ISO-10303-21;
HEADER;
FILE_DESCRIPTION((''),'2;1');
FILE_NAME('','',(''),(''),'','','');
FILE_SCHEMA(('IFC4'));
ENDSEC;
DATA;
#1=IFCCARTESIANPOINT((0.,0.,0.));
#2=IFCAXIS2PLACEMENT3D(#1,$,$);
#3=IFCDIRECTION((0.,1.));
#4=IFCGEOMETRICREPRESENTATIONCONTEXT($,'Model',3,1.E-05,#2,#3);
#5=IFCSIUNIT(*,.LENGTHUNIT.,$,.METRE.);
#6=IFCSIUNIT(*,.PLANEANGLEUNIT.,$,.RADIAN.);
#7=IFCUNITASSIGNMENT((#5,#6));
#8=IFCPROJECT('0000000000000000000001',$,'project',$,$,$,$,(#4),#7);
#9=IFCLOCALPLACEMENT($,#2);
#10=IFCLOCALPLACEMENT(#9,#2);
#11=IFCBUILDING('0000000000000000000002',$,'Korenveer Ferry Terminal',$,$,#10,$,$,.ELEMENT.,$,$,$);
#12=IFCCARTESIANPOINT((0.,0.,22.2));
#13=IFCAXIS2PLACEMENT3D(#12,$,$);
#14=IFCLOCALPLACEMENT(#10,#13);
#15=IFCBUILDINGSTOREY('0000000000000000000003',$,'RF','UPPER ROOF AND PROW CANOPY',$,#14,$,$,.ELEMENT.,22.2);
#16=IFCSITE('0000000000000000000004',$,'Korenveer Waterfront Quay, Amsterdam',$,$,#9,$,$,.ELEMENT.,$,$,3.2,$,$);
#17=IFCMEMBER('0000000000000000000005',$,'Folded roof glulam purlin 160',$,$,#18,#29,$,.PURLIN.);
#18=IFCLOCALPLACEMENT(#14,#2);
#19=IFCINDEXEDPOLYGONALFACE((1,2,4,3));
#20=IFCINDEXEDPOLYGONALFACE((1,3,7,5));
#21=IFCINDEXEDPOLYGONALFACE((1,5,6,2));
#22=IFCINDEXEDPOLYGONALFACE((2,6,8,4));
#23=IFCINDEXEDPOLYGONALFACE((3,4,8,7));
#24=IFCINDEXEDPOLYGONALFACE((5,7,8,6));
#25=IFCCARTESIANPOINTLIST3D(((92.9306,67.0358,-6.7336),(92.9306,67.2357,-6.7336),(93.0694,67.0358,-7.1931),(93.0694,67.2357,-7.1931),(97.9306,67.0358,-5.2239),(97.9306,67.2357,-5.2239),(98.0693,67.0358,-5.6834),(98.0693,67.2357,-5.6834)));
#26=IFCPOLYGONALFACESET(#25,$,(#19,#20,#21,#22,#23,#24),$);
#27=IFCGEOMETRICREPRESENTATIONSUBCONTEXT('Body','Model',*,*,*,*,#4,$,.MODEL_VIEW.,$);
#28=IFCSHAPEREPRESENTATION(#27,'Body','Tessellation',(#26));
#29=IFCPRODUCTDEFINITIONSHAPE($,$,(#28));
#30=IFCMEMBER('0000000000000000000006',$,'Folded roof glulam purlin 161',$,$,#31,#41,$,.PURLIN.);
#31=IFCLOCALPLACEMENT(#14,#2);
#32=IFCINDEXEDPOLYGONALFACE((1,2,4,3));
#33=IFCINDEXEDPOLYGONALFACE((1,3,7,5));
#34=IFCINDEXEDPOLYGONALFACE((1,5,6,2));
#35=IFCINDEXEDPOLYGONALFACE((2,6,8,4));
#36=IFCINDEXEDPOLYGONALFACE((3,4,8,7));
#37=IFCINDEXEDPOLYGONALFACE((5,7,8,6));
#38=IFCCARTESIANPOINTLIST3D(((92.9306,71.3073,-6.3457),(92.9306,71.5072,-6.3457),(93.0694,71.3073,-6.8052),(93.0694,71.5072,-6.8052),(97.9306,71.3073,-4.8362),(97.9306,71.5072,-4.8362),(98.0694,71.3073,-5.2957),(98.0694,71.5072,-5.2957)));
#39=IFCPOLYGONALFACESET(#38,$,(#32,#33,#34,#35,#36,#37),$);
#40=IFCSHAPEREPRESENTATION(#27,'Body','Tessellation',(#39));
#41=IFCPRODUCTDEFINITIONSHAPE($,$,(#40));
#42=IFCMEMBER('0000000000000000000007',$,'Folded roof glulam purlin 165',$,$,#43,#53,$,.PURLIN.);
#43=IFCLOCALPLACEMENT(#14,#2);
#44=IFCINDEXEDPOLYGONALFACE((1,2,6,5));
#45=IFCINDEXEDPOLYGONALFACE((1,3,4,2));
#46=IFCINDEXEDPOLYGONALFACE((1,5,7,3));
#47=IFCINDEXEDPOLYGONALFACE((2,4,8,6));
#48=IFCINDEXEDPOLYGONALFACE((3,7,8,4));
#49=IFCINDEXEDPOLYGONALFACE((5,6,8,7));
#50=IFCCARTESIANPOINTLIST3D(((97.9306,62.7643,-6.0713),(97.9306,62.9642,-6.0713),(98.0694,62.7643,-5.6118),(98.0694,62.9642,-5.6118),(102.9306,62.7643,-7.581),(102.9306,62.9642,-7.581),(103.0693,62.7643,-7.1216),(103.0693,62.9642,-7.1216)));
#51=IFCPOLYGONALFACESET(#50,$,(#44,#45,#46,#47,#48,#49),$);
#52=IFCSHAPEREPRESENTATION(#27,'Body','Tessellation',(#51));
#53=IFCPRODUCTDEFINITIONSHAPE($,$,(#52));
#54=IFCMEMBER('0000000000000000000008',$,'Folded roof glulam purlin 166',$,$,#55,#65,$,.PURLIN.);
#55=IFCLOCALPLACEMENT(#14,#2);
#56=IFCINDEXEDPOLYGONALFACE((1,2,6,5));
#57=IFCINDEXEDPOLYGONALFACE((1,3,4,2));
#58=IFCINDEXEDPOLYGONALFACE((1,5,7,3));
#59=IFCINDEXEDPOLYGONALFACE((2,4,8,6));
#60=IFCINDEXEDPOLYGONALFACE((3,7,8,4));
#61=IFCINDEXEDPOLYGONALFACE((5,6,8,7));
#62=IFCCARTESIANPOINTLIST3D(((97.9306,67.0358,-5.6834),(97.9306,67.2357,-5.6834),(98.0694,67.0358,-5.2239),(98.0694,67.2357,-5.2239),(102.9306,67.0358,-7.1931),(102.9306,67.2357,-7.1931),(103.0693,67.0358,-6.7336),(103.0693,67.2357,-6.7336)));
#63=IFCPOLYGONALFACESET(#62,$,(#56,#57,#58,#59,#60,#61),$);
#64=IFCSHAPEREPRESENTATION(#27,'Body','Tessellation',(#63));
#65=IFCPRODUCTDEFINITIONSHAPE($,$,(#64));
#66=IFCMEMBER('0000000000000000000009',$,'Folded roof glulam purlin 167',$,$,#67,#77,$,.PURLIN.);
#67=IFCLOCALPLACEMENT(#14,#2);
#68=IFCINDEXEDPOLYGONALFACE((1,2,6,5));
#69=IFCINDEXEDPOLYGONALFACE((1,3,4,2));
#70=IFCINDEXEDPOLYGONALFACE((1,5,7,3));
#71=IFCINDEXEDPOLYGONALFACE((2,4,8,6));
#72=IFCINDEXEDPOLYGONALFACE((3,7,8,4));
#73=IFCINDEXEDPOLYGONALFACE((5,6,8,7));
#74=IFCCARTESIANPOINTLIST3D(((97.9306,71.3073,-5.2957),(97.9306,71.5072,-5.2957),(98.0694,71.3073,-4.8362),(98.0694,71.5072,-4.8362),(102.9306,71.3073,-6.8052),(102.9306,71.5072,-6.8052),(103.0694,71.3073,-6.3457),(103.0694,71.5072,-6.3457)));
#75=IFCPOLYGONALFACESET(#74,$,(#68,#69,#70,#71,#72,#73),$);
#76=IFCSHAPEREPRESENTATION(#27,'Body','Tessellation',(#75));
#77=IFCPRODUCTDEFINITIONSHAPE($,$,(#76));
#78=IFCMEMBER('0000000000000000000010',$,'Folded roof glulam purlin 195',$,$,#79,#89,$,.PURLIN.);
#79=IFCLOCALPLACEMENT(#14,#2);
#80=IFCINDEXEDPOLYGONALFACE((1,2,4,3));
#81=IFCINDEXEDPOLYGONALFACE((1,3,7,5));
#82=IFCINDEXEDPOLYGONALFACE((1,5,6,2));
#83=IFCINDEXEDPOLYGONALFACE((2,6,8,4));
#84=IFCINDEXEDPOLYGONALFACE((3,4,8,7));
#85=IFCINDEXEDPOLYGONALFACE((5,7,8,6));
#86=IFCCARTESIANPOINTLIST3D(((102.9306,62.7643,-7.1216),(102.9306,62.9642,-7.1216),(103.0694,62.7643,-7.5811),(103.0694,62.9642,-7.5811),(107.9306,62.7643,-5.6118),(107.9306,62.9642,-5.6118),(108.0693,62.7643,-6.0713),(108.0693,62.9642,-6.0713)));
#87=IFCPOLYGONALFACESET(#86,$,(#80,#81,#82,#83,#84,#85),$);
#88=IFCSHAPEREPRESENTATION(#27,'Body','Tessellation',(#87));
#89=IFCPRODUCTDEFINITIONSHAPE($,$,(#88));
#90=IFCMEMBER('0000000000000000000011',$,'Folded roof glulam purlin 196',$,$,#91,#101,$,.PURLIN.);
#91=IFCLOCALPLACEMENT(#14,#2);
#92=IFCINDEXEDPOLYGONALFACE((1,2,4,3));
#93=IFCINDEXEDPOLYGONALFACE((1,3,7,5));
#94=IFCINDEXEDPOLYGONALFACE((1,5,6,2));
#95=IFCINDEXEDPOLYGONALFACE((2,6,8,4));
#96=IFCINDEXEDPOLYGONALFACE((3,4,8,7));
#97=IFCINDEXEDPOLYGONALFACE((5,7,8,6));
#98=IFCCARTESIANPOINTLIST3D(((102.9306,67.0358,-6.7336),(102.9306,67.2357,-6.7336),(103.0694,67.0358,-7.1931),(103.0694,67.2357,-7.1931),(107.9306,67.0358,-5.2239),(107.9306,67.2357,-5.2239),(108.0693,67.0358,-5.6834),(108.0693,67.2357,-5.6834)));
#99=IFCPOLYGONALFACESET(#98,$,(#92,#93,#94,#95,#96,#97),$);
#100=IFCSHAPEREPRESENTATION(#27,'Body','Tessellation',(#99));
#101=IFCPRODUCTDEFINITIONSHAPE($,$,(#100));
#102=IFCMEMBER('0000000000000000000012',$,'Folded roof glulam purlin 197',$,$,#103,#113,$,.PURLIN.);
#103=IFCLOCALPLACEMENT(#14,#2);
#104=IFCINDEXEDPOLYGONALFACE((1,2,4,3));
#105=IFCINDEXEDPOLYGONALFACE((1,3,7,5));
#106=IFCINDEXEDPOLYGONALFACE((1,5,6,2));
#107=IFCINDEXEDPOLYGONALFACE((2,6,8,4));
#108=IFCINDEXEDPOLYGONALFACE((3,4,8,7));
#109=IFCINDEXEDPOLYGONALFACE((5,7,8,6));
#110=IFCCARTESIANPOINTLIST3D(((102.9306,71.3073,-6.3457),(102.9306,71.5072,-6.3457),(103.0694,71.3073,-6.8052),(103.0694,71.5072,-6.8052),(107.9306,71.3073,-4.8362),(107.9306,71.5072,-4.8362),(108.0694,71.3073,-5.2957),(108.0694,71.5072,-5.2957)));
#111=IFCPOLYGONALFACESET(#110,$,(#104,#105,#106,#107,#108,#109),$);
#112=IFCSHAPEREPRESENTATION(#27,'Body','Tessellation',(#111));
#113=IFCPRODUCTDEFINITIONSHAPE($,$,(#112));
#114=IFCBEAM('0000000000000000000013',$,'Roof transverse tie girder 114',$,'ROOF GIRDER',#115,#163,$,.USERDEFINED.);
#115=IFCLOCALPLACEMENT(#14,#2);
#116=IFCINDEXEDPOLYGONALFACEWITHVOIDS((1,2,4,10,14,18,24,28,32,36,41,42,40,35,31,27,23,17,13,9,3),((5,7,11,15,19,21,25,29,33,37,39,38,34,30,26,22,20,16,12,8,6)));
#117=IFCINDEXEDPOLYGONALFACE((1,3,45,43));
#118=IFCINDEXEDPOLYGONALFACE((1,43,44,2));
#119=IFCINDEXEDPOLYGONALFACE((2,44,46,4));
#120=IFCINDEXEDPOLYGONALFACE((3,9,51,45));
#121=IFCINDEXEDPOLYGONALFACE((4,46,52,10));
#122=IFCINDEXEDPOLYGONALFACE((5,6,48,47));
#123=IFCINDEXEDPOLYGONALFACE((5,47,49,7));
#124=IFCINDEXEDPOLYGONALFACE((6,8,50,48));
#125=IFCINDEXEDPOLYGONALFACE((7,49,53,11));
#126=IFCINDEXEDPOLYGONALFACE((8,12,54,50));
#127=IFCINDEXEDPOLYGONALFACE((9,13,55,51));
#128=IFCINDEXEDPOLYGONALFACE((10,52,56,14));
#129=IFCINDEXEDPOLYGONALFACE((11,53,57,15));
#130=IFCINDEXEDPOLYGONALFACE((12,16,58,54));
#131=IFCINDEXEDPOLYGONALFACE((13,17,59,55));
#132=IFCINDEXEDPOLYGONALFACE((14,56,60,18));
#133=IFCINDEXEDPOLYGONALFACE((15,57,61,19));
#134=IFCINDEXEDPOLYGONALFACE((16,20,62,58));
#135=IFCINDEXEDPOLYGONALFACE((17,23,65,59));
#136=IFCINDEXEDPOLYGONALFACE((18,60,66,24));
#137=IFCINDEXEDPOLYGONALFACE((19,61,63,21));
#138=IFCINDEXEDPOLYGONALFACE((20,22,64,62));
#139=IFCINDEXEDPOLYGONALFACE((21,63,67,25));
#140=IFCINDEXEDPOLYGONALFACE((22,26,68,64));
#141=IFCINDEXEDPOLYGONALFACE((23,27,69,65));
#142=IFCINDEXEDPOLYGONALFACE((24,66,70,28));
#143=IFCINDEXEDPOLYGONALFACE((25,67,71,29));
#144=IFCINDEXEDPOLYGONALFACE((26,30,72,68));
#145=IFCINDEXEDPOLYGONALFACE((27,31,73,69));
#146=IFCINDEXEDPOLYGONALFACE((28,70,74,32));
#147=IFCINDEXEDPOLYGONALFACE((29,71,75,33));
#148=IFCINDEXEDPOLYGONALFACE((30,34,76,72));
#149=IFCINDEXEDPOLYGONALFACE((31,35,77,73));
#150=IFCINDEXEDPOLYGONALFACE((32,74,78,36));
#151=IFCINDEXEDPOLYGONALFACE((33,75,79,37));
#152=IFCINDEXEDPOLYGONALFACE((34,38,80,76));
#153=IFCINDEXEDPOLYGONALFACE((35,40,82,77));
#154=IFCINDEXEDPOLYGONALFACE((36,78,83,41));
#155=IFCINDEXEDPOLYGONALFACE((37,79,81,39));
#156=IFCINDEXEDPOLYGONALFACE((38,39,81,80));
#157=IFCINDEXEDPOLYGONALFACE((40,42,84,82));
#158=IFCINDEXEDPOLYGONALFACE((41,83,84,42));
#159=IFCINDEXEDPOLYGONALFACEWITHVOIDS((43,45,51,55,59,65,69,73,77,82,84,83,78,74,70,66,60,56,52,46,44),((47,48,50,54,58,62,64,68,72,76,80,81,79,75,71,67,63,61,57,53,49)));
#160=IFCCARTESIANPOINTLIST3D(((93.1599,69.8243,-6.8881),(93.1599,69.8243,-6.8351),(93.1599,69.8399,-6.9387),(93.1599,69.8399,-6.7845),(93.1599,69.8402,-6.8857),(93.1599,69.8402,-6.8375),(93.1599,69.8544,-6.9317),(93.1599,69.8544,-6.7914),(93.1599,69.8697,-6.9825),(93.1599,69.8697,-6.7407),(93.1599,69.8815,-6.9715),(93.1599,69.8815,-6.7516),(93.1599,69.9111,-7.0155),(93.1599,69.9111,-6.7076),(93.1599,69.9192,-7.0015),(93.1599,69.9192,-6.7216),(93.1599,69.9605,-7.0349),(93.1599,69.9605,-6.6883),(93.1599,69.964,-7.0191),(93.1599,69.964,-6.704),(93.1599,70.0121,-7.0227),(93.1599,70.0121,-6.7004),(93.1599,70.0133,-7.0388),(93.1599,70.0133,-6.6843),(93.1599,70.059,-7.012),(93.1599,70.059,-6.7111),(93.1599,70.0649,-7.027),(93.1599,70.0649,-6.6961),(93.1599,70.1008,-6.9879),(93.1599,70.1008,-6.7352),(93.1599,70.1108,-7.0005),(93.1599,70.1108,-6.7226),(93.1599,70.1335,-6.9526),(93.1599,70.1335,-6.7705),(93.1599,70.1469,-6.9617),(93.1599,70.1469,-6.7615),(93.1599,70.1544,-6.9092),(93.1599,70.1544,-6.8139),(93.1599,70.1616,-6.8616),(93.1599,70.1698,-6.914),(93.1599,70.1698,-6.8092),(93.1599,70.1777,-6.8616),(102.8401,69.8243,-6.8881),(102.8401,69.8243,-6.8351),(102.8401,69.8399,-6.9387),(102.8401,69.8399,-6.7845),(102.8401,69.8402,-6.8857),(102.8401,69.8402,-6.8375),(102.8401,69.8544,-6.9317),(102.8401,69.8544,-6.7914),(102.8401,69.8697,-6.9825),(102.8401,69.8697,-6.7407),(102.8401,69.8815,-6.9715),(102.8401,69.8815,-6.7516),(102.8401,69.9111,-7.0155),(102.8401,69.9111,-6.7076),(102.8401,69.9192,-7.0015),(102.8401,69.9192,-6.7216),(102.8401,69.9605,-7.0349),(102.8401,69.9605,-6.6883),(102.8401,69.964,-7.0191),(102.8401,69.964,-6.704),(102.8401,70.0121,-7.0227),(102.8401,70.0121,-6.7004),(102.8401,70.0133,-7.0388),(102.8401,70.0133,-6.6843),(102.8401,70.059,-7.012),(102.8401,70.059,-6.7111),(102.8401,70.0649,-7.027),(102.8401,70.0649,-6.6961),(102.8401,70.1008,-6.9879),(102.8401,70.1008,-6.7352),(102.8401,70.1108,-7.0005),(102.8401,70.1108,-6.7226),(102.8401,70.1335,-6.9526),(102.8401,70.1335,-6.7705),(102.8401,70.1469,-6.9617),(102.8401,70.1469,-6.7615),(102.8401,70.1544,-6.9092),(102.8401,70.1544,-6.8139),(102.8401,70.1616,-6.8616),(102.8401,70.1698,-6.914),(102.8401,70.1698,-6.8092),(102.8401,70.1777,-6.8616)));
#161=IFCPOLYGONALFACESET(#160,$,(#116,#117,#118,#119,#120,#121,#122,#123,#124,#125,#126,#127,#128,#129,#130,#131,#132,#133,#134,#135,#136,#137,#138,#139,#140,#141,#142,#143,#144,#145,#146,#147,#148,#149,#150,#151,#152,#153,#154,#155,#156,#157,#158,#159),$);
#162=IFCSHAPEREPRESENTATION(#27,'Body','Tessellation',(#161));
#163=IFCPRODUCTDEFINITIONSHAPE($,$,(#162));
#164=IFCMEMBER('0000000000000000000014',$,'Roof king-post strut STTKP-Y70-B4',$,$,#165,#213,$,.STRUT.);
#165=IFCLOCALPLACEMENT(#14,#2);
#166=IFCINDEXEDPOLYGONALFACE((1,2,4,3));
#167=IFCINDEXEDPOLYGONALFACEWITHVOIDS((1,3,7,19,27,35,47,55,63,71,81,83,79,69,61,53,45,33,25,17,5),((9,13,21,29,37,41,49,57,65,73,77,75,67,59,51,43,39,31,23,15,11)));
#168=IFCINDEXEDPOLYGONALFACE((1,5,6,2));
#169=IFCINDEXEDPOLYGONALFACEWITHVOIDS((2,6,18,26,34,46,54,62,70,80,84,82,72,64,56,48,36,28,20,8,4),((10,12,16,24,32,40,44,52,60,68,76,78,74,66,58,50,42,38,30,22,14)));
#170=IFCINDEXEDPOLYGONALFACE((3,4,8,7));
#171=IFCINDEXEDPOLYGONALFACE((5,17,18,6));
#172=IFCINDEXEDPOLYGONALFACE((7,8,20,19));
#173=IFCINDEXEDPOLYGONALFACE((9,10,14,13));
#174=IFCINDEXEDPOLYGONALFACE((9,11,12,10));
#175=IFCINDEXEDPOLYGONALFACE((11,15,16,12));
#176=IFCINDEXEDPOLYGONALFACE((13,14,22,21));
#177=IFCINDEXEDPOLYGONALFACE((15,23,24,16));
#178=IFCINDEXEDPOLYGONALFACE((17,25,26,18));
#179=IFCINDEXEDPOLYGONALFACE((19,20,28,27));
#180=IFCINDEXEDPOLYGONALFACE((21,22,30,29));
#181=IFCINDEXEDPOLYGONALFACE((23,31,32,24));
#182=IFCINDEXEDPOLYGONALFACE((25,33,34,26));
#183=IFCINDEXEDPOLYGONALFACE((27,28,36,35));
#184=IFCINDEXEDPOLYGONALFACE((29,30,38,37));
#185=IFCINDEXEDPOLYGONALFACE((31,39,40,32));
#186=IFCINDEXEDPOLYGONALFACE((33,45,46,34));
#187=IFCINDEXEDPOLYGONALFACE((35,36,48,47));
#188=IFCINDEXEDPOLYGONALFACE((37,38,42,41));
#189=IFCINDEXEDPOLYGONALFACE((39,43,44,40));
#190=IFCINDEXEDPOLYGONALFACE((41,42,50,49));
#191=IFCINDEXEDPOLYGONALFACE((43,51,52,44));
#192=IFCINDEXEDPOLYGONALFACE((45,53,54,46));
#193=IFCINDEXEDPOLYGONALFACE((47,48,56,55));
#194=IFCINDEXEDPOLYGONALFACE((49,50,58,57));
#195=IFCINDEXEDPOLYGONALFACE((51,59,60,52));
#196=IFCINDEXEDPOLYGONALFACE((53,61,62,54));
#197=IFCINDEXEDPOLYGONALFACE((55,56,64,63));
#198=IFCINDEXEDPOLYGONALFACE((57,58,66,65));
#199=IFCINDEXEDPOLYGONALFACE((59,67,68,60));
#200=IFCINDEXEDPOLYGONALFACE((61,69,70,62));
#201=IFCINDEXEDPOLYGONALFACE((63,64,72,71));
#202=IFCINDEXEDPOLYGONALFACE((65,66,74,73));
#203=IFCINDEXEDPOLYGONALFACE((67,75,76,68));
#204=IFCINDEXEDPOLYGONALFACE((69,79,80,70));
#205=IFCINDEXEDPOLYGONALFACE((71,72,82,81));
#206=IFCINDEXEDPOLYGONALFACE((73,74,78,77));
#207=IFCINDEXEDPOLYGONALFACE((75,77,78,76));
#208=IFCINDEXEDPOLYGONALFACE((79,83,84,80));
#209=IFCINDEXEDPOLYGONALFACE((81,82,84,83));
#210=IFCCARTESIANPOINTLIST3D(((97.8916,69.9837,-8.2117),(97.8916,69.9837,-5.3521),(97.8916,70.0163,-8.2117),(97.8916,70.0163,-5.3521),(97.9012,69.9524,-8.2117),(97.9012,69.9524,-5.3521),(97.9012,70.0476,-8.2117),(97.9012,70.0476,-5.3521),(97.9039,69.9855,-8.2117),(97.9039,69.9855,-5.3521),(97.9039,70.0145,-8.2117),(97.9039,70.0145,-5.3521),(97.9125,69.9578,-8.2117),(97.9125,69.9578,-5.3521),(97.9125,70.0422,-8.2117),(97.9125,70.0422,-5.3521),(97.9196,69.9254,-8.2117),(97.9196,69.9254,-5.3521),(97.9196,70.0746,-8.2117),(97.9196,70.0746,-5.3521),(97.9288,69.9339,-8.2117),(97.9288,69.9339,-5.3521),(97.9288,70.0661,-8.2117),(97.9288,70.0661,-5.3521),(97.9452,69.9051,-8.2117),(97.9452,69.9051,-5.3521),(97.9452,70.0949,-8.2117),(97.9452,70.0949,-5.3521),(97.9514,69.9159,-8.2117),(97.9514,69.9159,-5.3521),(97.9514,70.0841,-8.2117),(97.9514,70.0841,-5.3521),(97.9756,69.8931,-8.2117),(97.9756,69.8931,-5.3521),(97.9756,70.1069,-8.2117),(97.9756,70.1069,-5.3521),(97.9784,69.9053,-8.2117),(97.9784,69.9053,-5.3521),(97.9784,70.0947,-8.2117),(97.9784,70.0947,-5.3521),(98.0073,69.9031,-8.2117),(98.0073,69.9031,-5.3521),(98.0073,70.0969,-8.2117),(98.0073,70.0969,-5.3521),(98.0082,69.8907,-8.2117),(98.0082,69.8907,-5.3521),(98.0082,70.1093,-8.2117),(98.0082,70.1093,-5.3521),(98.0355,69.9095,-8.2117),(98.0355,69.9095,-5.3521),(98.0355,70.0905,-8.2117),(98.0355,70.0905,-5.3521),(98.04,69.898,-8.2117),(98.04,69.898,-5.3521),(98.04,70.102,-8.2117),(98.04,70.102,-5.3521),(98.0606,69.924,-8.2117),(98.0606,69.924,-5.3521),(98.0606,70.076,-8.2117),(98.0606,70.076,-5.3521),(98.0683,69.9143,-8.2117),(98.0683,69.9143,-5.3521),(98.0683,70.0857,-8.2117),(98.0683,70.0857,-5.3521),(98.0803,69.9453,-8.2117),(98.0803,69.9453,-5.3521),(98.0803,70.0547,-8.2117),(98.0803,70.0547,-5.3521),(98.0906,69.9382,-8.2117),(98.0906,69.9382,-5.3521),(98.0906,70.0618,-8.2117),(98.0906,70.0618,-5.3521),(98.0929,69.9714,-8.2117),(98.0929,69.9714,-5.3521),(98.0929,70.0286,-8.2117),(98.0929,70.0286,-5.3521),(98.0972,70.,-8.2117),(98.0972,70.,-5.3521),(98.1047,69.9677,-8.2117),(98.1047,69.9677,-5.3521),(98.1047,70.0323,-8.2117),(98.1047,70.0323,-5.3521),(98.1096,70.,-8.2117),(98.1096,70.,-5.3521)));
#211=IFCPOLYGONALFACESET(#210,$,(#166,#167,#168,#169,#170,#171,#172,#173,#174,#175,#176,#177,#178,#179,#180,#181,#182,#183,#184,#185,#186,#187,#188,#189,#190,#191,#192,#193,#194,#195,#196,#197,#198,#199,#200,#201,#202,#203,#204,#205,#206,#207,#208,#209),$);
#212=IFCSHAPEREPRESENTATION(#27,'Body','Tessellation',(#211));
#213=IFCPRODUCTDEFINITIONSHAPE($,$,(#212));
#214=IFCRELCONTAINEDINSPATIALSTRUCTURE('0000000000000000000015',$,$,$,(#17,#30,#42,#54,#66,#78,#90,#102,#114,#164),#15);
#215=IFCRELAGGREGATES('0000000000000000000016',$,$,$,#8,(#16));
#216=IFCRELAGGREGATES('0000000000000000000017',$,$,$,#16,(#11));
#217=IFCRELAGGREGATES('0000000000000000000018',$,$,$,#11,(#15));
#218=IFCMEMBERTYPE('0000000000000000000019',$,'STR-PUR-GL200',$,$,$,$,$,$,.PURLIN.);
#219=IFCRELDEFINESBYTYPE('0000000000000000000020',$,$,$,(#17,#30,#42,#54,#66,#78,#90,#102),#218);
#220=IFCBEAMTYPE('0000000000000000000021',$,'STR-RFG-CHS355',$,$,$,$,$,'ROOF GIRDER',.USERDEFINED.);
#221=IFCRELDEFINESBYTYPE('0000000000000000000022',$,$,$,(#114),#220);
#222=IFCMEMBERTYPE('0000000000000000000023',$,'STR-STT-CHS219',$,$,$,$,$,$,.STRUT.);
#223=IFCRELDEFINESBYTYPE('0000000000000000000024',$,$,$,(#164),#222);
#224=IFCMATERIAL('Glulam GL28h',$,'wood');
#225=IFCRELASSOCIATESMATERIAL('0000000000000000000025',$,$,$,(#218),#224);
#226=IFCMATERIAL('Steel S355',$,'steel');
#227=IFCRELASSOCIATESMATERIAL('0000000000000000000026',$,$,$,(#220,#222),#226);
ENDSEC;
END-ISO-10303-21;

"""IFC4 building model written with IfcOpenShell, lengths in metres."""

from ifc_helpers import new_model, si_unit, direction, frame, origin, origin_2d, place, context, subcontext, project, spatial, rectangle, hollow_circle, extrude, material, material_profile, profile_set, type_object, element, save


model = new_model("IFC4")

# Units and contexts
model_context = context("Model", 3, precision=1e-05, world=origin(), true_north=direction((0.0, 1.0)))
body_context = subcontext(model_context, "Body", "Model", "MODEL_VIEW")
ifc_project = project(units=[si_unit("LENGTHUNIT", "METRE"), si_unit("PLANEANGLEUNIT", "RADIAN")], contexts=[model_context])

# Site, building, storey
site_placement = place(None, origin())
site = spatial("IfcSite", under=ifc_project, at=site_placement, Name="Korenveer Waterfront Quay, Amsterdam", CompositionType="ELEMENT", RefElevation=3.2)
building_placement = place(site_placement, origin())
building = spatial("IfcBuilding", under=site, at=building_placement, Name="Korenveer Ferry Terminal", CompositionType="ELEMENT")
storey_placement = place(building_placement, frame((0.0, 0.0, 22.2)))
storey = spatial("IfcBuildingStorey", under=building, at=storey_placement, Name="RF", Description="UPPER ROOF AND PROW CANOPY", CompositionType="ELEMENT", Elevation=22.2)

# Members
ifc_material_1 = material(Name="Glulam GL28h", Category="wood")
ifc_material_profile_1 = material_profile(ifc_material_1, rectangle(XDim=0.2, YDim=0.48, at=origin_2d()), Name="GL 200x480")
ifc_profile_set_1 = profile_set([ifc_material_profile_1], Name="Glulam GL28h")
member_type_1 = type_object("IfcMemberType", Name="STR-PUR-GL200", PredefinedType="PURLIN", material=ifc_profile_set_1)
for number, where, z_axis, x_axis, name in (
    (1, (93.0, 67.1357, -6.9634), (0.95731, 0.0, 0.289063), (0.0, 1.0, 0.0), "Folded roof glulam purlin 160"),
    (2, (93.0, 71.4072, -6.5754), (0.957323, 0.0, 0.28902), (0.0, 1.0, 0.0), "Folded roof glulam purlin 161"),
    (3, (98.0, 62.8643, -5.8416), (0.95731, 0.0, -0.289063), (0.0, 1.0, 0.0), "Folded roof glulam purlin 165"),
    (4, (98.0, 67.1357, -5.4536), (0.95731, 0.0, -0.289063), (0.0, 1.0, 0.0), "Folded roof glulam purlin 166"),
    (5, (98.0, 71.4072, -5.0659), (0.957323, 0.0, -0.28902), (0.0, 1.0, 0.0), "Folded roof glulam purlin 167"),
    (6, (103.0, 62.8643, -7.3513), (0.95731, 0.0, 0.289063), (0.0, 1.0, 0.0), "Folded roof glulam purlin 195"),
    (7, (103.0, 67.1357, -6.9634), (0.95731, 0.0, 0.289063), (0.0, 1.0, 0.0), "Folded roof glulam purlin 196"),
    (8, (103.0, 71.4072, -6.5754), (0.957323, 0.0, 0.28902), (0.0, 1.0, 0.0), "Folded roof glulam purlin 197"),
):
    element("IfcMember", number, at=place(storey_placement, frame(where, z_axis=z_axis, x_axis=x_axis)), inside=storey, type_object=member_type_1, Name=name, PredefinedType="PURLIN", context=body_context, shape_type="SweptSolid", body=[
        extrude(rectangle(XDim=0.2, YDim=0.48, at=origin_2d()), origin(), (0.0, 0.0, 1.0), 5.2229),
    ])

# Beam
ifc_material_2 = material(Name="Steel S355", Category="steel")
ifc_material_profile_2 = material_profile(ifc_material_2, hollow_circle(Radius=0.1777, WallThickness=0.0161, at=origin_2d()), Name="CHS 355.6x16")
ifc_profile_set_2 = profile_set([ifc_material_profile_2], Name="Steel S355")
beam_type = type_object("IfcBeamType", Name="STR-RFG-CHS355", ElementType="ROOF GIRDER", PredefinedType="USERDEFINED", material=ifc_profile_set_2)
beam_placement = place(storey_placement, frame((93.1599, 70.0, -6.8616), z_axis=(1.0, 0.0, 0.0), x_axis=(0.0, 1.0, 0.0)))
element("IfcBeam", 9, at=beam_placement, inside=storey, type_object=beam_type, Name="Roof transverse tie girder 114", ObjectType="ROOF GIRDER", PredefinedType="USERDEFINED", context=body_context, shape_type="SweptSolid", body=[
    extrude(hollow_circle(Radius=0.1777, WallThickness=0.0161, at=origin_2d()), origin(), (0.0, 0.0, 1.0), 9.6802),
])

# Member
ifc_material_profile_3 = material_profile(ifc_material_2, hollow_circle(Radius=0.1096, WallThickness=0.0125, at=origin_2d()), Name="CHS 219.1x12.5")
ifc_profile_set_3 = profile_set([ifc_material_profile_3], Name="Steel S355")
member_type_2 = type_object("IfcMemberType", Name="STR-STT-CHS219", PredefinedType="STRUT", material=ifc_profile_set_3)
member_placement = place(storey_placement, frame((98.0, 70.0, -8.2117), z_axis=(0.0, 0.0, 1.0), x_axis=(1.0, 0.0, 0.0)))
element("IfcMember", 10, at=member_placement, inside=storey, type_object=member_type_2, Name="Roof king-post strut STTKP-Y70-B4", PredefinedType="STRUT", context=body_context, shape_type="SweptSolid", body=[
    extrude(hollow_circle(Radius=0.1096, WallThickness=0.0125, at=origin_2d()), origin(), (0.0, 0.0, 1.0), 2.8596),
])

save(model, "model.ifc")
